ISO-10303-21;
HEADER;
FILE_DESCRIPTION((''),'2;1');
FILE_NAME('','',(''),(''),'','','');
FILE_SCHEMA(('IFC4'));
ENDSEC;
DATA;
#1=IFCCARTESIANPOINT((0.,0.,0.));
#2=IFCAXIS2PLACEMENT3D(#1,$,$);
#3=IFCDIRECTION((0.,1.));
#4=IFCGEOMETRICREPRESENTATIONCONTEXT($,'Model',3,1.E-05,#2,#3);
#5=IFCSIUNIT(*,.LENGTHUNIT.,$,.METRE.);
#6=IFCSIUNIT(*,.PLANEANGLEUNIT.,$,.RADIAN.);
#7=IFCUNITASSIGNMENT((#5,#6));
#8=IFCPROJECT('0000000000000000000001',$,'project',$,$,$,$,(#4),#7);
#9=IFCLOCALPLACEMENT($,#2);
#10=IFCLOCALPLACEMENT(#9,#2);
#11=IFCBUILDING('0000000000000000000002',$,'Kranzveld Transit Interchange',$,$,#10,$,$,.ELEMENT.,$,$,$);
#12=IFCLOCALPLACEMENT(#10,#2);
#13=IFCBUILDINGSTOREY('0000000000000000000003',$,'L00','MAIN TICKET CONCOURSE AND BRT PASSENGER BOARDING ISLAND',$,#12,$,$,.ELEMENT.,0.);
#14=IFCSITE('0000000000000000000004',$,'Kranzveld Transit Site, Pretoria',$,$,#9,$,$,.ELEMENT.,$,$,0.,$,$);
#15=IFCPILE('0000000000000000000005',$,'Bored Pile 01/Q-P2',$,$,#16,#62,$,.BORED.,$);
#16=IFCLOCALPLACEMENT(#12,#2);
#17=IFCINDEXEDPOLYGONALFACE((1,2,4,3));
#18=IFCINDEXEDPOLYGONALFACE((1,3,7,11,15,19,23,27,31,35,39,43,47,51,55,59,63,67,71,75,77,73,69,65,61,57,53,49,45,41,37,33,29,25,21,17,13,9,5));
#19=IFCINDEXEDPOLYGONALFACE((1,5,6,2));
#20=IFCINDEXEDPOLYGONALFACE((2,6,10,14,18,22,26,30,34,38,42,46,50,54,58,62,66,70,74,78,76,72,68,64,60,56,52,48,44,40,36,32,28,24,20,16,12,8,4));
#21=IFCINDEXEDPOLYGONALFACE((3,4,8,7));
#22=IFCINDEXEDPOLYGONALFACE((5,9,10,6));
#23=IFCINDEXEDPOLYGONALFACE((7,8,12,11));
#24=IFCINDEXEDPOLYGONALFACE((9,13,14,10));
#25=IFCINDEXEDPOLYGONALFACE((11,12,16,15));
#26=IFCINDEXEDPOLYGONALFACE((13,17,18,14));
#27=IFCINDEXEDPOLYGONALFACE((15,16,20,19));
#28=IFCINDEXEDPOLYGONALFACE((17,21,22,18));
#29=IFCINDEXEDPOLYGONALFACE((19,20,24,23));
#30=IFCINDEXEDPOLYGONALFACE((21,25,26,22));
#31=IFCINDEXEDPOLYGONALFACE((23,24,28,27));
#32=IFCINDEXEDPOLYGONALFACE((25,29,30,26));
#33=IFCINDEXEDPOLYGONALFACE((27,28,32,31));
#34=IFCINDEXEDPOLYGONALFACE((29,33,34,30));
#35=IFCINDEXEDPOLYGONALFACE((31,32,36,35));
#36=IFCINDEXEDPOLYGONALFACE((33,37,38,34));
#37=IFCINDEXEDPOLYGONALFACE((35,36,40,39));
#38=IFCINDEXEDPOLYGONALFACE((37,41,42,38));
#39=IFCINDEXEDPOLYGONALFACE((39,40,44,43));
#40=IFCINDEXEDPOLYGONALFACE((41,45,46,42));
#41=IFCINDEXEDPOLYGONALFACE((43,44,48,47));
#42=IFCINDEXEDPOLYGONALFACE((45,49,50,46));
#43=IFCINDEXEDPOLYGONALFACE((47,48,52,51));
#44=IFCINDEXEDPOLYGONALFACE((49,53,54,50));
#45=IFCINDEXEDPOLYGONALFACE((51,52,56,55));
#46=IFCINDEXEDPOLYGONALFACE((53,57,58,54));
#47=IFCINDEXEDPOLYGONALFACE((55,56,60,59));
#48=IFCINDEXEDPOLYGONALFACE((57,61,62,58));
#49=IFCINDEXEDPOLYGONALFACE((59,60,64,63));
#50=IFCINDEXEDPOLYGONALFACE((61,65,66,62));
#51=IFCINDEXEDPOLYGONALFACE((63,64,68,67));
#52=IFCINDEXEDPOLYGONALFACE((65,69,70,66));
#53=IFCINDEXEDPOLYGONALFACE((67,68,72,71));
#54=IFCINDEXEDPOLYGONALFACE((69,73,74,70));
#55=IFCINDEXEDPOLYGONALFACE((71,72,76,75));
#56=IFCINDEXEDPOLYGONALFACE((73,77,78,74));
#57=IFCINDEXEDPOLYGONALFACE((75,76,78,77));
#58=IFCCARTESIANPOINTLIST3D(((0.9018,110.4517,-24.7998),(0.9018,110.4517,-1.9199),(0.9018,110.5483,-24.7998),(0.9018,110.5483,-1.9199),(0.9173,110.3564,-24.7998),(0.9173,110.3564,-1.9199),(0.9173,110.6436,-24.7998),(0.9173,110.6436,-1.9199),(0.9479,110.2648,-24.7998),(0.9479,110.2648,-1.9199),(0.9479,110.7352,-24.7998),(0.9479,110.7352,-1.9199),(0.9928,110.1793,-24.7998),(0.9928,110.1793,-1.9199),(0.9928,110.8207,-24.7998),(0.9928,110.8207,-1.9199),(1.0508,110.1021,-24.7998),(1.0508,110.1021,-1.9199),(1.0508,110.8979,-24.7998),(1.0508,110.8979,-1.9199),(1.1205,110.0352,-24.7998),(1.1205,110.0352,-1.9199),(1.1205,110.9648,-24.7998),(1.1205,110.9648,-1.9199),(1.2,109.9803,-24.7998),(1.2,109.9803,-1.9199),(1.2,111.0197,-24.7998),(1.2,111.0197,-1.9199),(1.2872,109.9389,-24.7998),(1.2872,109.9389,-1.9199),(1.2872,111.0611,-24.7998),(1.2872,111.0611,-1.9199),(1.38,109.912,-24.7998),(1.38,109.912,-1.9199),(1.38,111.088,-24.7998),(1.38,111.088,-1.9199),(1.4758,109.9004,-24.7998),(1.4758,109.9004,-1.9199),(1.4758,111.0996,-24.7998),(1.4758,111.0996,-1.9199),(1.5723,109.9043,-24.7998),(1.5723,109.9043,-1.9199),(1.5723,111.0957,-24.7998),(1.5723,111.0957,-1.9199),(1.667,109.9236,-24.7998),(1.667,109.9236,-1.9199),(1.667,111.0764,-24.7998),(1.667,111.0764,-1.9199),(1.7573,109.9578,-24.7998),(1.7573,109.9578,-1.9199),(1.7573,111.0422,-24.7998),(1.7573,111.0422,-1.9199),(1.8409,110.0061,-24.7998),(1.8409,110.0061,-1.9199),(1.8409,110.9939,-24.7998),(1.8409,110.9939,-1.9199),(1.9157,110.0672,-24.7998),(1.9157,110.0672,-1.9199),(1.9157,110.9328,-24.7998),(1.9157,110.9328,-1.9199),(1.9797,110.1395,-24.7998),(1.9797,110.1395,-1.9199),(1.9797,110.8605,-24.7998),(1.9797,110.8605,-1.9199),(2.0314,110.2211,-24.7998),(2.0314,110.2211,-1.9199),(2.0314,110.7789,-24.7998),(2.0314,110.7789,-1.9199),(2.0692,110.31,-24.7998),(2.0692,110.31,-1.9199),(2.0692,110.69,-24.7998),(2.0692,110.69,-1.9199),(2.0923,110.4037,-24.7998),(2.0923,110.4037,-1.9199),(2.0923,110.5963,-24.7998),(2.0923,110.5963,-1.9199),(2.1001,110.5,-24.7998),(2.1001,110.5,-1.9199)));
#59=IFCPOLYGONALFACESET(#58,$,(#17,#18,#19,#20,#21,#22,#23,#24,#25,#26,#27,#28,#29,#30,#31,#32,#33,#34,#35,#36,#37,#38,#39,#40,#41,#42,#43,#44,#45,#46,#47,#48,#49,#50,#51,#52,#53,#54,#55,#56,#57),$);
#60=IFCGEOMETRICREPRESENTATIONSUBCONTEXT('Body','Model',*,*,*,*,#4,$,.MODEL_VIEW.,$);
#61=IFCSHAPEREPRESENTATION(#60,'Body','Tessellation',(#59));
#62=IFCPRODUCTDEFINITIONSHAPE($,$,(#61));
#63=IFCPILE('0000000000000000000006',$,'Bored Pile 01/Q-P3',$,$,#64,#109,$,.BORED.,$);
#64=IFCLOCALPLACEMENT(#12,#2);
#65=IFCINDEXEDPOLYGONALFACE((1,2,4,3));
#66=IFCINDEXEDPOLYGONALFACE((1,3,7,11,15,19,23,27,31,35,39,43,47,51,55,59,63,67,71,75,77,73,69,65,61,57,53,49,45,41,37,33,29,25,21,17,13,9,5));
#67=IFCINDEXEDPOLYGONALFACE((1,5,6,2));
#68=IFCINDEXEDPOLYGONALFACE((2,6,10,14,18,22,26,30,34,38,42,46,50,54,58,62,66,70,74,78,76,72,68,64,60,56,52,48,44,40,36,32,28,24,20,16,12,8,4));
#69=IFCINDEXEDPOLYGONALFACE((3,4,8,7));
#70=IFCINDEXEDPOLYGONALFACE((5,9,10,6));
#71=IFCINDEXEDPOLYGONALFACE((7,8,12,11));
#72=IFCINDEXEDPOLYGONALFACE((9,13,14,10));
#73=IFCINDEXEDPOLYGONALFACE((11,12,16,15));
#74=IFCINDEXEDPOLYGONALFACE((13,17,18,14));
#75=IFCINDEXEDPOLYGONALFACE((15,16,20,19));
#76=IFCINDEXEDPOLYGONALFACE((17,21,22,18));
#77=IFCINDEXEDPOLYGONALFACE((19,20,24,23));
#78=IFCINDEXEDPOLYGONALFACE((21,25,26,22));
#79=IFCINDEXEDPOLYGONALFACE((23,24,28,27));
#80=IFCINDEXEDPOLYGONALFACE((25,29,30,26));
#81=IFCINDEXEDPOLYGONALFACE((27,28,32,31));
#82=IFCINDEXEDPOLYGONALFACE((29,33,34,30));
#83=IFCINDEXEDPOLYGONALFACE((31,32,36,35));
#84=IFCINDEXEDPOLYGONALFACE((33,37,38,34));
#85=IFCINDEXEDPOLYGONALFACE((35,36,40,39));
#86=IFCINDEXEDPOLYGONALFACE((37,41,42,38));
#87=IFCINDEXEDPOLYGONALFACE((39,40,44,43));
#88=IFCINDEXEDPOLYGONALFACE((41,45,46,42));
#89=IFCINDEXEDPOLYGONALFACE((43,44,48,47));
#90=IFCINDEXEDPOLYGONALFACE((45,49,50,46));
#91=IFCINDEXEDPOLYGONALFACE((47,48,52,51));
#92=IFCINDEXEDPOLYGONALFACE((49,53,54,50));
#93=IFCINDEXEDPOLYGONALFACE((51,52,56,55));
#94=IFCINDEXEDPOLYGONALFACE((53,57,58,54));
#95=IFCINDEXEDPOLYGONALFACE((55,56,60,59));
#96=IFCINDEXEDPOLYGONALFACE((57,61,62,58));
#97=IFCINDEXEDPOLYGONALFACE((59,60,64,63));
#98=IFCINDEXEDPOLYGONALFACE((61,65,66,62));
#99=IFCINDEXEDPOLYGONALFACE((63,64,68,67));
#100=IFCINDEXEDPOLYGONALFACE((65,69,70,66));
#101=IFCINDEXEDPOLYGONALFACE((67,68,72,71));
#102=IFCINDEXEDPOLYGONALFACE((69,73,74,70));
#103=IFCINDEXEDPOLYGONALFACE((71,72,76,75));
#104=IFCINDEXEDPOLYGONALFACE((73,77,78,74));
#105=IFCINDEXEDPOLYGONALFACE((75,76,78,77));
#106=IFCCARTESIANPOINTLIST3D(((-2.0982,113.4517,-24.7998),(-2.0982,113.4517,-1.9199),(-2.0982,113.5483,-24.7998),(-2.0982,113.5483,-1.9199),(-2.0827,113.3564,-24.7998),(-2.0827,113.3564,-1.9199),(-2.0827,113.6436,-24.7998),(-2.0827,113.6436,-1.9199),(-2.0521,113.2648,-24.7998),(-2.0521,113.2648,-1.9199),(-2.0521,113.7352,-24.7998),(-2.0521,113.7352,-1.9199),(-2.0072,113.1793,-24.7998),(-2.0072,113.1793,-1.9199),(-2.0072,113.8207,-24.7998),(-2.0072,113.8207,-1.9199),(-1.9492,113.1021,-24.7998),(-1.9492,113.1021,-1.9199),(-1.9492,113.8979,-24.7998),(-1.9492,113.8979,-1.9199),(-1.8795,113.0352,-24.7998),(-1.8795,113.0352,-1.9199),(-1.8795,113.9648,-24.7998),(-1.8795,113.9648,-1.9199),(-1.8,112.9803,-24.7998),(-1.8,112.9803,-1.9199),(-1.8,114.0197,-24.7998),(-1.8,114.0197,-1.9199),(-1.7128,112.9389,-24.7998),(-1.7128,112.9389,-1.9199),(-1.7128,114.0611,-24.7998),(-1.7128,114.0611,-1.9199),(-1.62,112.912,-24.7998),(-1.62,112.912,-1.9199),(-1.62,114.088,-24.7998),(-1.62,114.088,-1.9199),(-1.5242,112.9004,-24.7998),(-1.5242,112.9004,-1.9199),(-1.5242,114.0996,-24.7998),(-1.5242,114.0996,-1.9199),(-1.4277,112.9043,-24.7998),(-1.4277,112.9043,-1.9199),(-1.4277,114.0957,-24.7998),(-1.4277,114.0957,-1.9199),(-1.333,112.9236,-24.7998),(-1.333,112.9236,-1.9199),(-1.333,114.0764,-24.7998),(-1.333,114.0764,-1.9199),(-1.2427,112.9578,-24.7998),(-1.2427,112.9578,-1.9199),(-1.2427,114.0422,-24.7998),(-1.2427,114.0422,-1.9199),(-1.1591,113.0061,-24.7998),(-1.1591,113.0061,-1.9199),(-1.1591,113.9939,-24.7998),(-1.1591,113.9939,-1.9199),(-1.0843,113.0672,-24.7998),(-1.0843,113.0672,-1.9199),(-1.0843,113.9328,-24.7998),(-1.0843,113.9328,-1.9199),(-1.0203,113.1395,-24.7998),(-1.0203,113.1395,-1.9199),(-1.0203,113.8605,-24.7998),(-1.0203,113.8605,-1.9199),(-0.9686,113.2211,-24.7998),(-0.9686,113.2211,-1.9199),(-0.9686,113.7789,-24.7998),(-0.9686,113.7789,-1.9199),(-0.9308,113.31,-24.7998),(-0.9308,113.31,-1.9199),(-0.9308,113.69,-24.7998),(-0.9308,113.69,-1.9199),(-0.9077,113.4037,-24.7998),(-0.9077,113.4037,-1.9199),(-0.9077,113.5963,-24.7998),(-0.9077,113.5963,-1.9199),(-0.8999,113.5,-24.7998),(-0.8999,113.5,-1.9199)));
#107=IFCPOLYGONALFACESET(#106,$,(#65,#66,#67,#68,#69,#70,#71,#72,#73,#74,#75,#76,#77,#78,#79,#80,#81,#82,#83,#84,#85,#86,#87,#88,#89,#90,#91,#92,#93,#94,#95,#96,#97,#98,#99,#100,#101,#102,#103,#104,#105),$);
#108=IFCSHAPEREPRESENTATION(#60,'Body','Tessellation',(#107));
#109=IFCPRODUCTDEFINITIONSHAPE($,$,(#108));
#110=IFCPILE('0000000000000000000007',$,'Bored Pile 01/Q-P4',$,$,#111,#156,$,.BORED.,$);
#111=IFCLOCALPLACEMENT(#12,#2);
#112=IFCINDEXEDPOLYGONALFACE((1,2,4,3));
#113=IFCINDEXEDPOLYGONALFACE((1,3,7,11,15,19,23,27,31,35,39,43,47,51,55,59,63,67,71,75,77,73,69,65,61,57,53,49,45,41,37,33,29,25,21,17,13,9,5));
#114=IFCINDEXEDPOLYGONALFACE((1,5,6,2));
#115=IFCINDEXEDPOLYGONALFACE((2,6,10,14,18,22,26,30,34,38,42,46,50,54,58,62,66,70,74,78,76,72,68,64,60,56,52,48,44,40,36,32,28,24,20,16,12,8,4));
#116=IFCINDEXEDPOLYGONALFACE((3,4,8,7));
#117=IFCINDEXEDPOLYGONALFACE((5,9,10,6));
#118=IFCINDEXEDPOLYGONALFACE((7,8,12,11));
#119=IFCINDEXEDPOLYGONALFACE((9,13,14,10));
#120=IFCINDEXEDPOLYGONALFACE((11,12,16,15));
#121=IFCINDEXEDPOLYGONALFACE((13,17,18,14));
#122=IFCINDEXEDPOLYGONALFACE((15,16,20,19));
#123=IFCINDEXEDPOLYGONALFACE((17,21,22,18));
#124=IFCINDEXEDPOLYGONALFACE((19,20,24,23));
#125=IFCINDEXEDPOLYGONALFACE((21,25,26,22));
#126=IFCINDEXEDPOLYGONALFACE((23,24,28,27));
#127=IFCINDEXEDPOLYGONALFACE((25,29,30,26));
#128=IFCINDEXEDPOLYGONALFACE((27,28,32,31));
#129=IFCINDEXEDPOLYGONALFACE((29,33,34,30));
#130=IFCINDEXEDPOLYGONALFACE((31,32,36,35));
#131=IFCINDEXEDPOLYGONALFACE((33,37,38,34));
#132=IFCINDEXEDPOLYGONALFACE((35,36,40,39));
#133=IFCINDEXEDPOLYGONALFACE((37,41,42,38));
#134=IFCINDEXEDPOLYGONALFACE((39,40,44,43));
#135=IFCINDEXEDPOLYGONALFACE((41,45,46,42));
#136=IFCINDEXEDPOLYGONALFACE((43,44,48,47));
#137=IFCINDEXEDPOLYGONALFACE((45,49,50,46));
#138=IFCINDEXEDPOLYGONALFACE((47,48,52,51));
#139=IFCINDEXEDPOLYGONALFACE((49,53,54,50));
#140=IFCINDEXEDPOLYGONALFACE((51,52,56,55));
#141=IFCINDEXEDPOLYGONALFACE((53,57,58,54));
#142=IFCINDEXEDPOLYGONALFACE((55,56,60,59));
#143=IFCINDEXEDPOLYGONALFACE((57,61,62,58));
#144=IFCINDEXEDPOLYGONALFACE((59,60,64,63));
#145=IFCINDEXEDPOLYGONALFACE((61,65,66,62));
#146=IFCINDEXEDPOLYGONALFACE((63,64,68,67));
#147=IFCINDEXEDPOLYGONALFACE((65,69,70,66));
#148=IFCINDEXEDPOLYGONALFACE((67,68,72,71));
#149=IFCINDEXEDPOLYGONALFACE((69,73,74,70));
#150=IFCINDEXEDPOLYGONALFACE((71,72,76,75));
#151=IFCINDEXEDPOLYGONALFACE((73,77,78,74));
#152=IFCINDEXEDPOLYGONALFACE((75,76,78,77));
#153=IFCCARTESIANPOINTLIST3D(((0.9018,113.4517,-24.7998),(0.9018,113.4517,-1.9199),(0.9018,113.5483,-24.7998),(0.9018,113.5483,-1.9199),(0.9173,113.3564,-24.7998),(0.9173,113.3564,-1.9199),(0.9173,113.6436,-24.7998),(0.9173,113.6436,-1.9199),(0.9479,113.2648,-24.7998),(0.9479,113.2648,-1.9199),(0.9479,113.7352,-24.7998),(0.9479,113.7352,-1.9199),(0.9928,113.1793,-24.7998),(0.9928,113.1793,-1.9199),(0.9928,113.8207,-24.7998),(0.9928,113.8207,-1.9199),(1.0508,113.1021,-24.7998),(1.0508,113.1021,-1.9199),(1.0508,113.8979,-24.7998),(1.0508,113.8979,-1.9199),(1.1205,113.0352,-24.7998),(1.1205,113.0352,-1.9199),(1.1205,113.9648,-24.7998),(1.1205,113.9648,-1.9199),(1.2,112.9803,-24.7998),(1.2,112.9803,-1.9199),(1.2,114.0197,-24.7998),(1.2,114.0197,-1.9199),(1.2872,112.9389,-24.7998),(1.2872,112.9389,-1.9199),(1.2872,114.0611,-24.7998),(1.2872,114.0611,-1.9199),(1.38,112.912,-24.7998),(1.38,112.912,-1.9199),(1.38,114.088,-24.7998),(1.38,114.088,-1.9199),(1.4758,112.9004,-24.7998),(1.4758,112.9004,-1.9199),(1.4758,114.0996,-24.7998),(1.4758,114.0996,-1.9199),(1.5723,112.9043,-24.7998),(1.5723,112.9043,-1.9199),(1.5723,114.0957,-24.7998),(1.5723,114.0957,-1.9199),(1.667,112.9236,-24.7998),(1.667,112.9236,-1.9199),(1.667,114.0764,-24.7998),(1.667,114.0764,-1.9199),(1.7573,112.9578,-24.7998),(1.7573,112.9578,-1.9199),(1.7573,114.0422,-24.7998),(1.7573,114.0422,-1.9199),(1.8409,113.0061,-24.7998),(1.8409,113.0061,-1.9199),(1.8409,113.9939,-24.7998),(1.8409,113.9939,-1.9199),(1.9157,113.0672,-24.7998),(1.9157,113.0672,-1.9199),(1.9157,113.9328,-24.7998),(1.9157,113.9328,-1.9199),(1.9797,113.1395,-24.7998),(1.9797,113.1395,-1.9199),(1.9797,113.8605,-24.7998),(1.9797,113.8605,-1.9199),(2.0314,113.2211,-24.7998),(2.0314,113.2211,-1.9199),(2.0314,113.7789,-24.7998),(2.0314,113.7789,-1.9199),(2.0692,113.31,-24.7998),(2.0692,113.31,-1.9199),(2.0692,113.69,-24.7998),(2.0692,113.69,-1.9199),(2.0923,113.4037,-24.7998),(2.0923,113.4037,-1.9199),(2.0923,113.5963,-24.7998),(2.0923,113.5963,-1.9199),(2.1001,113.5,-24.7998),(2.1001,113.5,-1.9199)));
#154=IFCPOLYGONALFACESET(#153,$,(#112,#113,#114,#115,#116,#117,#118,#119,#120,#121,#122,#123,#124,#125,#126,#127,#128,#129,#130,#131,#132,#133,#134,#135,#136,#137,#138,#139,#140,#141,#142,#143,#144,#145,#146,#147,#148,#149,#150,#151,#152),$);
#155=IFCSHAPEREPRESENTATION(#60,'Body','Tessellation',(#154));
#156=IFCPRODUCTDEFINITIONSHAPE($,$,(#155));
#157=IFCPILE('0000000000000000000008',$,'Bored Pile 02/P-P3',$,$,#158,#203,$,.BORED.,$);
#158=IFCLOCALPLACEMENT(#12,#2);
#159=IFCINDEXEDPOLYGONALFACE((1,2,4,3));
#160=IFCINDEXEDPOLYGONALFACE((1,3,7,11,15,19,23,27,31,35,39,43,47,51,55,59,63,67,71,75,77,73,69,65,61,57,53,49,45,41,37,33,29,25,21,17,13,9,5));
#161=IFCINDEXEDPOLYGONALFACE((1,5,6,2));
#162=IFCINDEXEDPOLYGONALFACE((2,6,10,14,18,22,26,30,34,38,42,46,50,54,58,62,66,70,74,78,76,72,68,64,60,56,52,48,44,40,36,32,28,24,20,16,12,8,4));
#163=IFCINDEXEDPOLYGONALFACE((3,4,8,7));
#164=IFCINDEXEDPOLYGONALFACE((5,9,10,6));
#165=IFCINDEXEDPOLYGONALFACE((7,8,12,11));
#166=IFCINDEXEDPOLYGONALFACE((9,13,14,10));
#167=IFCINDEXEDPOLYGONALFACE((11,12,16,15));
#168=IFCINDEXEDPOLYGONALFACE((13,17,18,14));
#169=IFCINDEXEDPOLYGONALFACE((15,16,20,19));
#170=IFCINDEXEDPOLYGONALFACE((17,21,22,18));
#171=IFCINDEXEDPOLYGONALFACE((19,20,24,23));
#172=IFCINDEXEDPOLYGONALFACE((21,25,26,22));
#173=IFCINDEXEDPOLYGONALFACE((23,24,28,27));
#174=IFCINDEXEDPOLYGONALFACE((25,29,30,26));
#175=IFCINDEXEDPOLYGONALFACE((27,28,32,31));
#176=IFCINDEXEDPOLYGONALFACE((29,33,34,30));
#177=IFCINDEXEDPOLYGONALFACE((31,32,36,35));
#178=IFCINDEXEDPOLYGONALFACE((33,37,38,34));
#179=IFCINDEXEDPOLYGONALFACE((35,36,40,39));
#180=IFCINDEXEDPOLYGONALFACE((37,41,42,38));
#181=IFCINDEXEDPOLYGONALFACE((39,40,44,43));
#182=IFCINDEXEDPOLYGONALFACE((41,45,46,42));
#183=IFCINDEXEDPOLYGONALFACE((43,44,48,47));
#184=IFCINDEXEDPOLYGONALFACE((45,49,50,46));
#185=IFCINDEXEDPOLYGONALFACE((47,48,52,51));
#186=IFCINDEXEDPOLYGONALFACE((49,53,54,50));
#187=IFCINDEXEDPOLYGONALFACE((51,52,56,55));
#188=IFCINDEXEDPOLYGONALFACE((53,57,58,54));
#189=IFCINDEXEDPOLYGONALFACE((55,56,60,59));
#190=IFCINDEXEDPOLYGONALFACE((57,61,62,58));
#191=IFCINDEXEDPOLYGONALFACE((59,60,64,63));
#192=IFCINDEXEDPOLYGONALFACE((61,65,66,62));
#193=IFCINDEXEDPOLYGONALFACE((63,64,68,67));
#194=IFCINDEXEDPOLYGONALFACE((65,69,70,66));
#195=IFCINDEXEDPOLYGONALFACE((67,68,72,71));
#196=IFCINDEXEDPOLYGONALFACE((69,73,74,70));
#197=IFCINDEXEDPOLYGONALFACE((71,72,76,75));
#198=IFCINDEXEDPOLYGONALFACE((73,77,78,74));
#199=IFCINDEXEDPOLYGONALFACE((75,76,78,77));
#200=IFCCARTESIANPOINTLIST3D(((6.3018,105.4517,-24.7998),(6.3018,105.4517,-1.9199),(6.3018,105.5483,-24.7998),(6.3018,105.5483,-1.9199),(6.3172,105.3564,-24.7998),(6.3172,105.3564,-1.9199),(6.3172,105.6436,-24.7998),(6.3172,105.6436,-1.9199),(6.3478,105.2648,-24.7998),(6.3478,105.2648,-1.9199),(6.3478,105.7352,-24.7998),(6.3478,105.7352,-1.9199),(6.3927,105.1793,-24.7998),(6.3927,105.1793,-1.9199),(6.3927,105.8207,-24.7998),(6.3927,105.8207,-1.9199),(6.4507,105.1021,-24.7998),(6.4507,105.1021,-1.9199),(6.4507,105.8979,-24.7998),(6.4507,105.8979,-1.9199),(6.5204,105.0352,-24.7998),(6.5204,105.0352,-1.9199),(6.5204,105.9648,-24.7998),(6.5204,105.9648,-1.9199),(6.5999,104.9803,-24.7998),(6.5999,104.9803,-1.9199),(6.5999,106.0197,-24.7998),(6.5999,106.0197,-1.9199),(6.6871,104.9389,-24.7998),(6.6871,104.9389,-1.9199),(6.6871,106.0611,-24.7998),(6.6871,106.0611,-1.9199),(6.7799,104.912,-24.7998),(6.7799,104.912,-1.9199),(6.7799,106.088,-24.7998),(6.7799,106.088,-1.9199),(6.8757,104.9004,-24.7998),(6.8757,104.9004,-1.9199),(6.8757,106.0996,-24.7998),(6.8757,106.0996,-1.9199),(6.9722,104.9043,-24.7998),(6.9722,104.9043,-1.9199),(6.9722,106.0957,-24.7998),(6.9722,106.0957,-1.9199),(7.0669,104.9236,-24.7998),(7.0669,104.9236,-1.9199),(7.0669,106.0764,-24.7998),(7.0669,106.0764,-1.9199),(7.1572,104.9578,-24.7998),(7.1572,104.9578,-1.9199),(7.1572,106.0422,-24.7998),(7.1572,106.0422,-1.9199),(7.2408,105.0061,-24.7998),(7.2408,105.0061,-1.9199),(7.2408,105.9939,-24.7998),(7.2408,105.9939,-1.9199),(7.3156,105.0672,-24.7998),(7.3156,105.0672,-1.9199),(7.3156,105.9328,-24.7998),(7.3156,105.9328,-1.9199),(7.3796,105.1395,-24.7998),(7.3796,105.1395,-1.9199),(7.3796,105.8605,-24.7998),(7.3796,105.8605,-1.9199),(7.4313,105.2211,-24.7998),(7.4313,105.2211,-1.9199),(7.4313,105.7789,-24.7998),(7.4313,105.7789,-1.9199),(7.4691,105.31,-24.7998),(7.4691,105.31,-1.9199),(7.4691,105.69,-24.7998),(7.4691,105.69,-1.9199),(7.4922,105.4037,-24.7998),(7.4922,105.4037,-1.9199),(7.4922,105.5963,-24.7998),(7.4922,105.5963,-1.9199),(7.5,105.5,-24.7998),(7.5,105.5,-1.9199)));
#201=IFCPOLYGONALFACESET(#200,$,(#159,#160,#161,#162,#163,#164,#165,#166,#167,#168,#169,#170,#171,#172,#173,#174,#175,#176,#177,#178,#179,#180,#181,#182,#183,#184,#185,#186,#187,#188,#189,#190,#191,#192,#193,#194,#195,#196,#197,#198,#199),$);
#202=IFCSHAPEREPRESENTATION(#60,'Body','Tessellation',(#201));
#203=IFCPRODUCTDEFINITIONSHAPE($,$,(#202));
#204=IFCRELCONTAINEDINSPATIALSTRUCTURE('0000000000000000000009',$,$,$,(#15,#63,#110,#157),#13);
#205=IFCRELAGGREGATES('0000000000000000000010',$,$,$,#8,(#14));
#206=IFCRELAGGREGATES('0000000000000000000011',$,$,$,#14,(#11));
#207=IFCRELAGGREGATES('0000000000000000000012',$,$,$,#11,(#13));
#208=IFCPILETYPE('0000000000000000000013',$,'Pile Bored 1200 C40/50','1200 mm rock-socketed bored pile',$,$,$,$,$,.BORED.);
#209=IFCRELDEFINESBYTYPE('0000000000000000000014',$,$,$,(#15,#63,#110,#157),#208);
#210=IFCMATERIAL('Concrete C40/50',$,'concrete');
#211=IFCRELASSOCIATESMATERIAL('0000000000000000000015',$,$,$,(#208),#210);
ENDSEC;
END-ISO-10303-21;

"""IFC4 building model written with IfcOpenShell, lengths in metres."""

from ifc_helpers import new_model, si_unit, direction, frame, origin, origin_2d, place, context, subcontext, project, spatial, circle, extrude, material, material_profile, profile_set, type_object, element, save


model = new_model("IFC4")

# Units and contexts
model_context = context("Model", 3, precision=1e-05, world=origin(), true_north=direction((0.0, 1.0)))
body_context = subcontext(model_context, "Body", "Model", "MODEL_VIEW")
ifc_project = project(units=[si_unit("LENGTHUNIT", "METRE"), si_unit("PLANEANGLEUNIT", "RADIAN")], contexts=[model_context])

# Site, building, storey
site_placement = place(None, origin())
site = spatial("IfcSite", under=ifc_project, at=site_placement, Name="Kranzveld Transit Site, Pretoria", CompositionType="ELEMENT", RefElevation=0.0)
building_placement = place(site_placement, origin())
building = spatial("IfcBuilding", under=site, at=building_placement, Name="Kranzveld Transit Interchange", CompositionType="ELEMENT")
storey_placement = place(building_placement, origin())
storey = spatial("IfcBuildingStorey", under=building, at=storey_placement, Name="L00", Description="MAIN TICKET CONCOURSE AND BRT PASSENGER BOARDING ISLAND", CompositionType="ELEMENT", Elevation=0.0)

# Piles
ifc_material_1 = material(Name="Concrete C40/50", Category="concrete")
ifc_material_profile_1 = material_profile(ifc_material_1, circle(Radius=0.6001, at=origin_2d()), Name="BORED PILE 1200")
ifc_profile_set_1 = profile_set([ifc_material_profile_1], Name="Concrete C40/50")
pile_type = type_object("IfcPileType", Name="Pile Bored 1200 C40/50", Description="1200 mm rock-socketed bored pile", PredefinedType="BORED", material=ifc_profile_set_1)
for number, where, z_axis, x_axis, name in (
    (1, (1.5, 110.5, -1.9199), (0.0, 0.0, -1.0), (1.0, 0.0, 0.0), "Bored Pile 01/Q-P2"),
    (2, (-1.5, 113.5, -1.9199), (0.0, 0.0, -1.0), (1.0, 0.0, 0.0), "Bored Pile 01/Q-P3"),
    (3, (1.5, 113.5, -1.9199), (0.0, 0.0, -1.0), (1.0, 0.0, 0.0), "Bored Pile 01/Q-P4"),
    (4, (6.8999, 105.5, -1.9199), (0.0, 0.0, -1.0), (1.0, 0.0, 0.0), "Bored Pile 02/P-P3"),
):
    element("IfcPile", number, at=place(storey_placement, frame(where, z_axis=z_axis, x_axis=x_axis)), inside=storey, type_object=pile_type, Name=name, PredefinedType="BORED", context=body_context, shape_type="SweptSolid", body=[
        extrude(circle(Radius=0.6001, at=origin_2d()), origin(), (0.0, 0.0, 1.0), 22.8799),
    ])

save(model, "model.ifc")
